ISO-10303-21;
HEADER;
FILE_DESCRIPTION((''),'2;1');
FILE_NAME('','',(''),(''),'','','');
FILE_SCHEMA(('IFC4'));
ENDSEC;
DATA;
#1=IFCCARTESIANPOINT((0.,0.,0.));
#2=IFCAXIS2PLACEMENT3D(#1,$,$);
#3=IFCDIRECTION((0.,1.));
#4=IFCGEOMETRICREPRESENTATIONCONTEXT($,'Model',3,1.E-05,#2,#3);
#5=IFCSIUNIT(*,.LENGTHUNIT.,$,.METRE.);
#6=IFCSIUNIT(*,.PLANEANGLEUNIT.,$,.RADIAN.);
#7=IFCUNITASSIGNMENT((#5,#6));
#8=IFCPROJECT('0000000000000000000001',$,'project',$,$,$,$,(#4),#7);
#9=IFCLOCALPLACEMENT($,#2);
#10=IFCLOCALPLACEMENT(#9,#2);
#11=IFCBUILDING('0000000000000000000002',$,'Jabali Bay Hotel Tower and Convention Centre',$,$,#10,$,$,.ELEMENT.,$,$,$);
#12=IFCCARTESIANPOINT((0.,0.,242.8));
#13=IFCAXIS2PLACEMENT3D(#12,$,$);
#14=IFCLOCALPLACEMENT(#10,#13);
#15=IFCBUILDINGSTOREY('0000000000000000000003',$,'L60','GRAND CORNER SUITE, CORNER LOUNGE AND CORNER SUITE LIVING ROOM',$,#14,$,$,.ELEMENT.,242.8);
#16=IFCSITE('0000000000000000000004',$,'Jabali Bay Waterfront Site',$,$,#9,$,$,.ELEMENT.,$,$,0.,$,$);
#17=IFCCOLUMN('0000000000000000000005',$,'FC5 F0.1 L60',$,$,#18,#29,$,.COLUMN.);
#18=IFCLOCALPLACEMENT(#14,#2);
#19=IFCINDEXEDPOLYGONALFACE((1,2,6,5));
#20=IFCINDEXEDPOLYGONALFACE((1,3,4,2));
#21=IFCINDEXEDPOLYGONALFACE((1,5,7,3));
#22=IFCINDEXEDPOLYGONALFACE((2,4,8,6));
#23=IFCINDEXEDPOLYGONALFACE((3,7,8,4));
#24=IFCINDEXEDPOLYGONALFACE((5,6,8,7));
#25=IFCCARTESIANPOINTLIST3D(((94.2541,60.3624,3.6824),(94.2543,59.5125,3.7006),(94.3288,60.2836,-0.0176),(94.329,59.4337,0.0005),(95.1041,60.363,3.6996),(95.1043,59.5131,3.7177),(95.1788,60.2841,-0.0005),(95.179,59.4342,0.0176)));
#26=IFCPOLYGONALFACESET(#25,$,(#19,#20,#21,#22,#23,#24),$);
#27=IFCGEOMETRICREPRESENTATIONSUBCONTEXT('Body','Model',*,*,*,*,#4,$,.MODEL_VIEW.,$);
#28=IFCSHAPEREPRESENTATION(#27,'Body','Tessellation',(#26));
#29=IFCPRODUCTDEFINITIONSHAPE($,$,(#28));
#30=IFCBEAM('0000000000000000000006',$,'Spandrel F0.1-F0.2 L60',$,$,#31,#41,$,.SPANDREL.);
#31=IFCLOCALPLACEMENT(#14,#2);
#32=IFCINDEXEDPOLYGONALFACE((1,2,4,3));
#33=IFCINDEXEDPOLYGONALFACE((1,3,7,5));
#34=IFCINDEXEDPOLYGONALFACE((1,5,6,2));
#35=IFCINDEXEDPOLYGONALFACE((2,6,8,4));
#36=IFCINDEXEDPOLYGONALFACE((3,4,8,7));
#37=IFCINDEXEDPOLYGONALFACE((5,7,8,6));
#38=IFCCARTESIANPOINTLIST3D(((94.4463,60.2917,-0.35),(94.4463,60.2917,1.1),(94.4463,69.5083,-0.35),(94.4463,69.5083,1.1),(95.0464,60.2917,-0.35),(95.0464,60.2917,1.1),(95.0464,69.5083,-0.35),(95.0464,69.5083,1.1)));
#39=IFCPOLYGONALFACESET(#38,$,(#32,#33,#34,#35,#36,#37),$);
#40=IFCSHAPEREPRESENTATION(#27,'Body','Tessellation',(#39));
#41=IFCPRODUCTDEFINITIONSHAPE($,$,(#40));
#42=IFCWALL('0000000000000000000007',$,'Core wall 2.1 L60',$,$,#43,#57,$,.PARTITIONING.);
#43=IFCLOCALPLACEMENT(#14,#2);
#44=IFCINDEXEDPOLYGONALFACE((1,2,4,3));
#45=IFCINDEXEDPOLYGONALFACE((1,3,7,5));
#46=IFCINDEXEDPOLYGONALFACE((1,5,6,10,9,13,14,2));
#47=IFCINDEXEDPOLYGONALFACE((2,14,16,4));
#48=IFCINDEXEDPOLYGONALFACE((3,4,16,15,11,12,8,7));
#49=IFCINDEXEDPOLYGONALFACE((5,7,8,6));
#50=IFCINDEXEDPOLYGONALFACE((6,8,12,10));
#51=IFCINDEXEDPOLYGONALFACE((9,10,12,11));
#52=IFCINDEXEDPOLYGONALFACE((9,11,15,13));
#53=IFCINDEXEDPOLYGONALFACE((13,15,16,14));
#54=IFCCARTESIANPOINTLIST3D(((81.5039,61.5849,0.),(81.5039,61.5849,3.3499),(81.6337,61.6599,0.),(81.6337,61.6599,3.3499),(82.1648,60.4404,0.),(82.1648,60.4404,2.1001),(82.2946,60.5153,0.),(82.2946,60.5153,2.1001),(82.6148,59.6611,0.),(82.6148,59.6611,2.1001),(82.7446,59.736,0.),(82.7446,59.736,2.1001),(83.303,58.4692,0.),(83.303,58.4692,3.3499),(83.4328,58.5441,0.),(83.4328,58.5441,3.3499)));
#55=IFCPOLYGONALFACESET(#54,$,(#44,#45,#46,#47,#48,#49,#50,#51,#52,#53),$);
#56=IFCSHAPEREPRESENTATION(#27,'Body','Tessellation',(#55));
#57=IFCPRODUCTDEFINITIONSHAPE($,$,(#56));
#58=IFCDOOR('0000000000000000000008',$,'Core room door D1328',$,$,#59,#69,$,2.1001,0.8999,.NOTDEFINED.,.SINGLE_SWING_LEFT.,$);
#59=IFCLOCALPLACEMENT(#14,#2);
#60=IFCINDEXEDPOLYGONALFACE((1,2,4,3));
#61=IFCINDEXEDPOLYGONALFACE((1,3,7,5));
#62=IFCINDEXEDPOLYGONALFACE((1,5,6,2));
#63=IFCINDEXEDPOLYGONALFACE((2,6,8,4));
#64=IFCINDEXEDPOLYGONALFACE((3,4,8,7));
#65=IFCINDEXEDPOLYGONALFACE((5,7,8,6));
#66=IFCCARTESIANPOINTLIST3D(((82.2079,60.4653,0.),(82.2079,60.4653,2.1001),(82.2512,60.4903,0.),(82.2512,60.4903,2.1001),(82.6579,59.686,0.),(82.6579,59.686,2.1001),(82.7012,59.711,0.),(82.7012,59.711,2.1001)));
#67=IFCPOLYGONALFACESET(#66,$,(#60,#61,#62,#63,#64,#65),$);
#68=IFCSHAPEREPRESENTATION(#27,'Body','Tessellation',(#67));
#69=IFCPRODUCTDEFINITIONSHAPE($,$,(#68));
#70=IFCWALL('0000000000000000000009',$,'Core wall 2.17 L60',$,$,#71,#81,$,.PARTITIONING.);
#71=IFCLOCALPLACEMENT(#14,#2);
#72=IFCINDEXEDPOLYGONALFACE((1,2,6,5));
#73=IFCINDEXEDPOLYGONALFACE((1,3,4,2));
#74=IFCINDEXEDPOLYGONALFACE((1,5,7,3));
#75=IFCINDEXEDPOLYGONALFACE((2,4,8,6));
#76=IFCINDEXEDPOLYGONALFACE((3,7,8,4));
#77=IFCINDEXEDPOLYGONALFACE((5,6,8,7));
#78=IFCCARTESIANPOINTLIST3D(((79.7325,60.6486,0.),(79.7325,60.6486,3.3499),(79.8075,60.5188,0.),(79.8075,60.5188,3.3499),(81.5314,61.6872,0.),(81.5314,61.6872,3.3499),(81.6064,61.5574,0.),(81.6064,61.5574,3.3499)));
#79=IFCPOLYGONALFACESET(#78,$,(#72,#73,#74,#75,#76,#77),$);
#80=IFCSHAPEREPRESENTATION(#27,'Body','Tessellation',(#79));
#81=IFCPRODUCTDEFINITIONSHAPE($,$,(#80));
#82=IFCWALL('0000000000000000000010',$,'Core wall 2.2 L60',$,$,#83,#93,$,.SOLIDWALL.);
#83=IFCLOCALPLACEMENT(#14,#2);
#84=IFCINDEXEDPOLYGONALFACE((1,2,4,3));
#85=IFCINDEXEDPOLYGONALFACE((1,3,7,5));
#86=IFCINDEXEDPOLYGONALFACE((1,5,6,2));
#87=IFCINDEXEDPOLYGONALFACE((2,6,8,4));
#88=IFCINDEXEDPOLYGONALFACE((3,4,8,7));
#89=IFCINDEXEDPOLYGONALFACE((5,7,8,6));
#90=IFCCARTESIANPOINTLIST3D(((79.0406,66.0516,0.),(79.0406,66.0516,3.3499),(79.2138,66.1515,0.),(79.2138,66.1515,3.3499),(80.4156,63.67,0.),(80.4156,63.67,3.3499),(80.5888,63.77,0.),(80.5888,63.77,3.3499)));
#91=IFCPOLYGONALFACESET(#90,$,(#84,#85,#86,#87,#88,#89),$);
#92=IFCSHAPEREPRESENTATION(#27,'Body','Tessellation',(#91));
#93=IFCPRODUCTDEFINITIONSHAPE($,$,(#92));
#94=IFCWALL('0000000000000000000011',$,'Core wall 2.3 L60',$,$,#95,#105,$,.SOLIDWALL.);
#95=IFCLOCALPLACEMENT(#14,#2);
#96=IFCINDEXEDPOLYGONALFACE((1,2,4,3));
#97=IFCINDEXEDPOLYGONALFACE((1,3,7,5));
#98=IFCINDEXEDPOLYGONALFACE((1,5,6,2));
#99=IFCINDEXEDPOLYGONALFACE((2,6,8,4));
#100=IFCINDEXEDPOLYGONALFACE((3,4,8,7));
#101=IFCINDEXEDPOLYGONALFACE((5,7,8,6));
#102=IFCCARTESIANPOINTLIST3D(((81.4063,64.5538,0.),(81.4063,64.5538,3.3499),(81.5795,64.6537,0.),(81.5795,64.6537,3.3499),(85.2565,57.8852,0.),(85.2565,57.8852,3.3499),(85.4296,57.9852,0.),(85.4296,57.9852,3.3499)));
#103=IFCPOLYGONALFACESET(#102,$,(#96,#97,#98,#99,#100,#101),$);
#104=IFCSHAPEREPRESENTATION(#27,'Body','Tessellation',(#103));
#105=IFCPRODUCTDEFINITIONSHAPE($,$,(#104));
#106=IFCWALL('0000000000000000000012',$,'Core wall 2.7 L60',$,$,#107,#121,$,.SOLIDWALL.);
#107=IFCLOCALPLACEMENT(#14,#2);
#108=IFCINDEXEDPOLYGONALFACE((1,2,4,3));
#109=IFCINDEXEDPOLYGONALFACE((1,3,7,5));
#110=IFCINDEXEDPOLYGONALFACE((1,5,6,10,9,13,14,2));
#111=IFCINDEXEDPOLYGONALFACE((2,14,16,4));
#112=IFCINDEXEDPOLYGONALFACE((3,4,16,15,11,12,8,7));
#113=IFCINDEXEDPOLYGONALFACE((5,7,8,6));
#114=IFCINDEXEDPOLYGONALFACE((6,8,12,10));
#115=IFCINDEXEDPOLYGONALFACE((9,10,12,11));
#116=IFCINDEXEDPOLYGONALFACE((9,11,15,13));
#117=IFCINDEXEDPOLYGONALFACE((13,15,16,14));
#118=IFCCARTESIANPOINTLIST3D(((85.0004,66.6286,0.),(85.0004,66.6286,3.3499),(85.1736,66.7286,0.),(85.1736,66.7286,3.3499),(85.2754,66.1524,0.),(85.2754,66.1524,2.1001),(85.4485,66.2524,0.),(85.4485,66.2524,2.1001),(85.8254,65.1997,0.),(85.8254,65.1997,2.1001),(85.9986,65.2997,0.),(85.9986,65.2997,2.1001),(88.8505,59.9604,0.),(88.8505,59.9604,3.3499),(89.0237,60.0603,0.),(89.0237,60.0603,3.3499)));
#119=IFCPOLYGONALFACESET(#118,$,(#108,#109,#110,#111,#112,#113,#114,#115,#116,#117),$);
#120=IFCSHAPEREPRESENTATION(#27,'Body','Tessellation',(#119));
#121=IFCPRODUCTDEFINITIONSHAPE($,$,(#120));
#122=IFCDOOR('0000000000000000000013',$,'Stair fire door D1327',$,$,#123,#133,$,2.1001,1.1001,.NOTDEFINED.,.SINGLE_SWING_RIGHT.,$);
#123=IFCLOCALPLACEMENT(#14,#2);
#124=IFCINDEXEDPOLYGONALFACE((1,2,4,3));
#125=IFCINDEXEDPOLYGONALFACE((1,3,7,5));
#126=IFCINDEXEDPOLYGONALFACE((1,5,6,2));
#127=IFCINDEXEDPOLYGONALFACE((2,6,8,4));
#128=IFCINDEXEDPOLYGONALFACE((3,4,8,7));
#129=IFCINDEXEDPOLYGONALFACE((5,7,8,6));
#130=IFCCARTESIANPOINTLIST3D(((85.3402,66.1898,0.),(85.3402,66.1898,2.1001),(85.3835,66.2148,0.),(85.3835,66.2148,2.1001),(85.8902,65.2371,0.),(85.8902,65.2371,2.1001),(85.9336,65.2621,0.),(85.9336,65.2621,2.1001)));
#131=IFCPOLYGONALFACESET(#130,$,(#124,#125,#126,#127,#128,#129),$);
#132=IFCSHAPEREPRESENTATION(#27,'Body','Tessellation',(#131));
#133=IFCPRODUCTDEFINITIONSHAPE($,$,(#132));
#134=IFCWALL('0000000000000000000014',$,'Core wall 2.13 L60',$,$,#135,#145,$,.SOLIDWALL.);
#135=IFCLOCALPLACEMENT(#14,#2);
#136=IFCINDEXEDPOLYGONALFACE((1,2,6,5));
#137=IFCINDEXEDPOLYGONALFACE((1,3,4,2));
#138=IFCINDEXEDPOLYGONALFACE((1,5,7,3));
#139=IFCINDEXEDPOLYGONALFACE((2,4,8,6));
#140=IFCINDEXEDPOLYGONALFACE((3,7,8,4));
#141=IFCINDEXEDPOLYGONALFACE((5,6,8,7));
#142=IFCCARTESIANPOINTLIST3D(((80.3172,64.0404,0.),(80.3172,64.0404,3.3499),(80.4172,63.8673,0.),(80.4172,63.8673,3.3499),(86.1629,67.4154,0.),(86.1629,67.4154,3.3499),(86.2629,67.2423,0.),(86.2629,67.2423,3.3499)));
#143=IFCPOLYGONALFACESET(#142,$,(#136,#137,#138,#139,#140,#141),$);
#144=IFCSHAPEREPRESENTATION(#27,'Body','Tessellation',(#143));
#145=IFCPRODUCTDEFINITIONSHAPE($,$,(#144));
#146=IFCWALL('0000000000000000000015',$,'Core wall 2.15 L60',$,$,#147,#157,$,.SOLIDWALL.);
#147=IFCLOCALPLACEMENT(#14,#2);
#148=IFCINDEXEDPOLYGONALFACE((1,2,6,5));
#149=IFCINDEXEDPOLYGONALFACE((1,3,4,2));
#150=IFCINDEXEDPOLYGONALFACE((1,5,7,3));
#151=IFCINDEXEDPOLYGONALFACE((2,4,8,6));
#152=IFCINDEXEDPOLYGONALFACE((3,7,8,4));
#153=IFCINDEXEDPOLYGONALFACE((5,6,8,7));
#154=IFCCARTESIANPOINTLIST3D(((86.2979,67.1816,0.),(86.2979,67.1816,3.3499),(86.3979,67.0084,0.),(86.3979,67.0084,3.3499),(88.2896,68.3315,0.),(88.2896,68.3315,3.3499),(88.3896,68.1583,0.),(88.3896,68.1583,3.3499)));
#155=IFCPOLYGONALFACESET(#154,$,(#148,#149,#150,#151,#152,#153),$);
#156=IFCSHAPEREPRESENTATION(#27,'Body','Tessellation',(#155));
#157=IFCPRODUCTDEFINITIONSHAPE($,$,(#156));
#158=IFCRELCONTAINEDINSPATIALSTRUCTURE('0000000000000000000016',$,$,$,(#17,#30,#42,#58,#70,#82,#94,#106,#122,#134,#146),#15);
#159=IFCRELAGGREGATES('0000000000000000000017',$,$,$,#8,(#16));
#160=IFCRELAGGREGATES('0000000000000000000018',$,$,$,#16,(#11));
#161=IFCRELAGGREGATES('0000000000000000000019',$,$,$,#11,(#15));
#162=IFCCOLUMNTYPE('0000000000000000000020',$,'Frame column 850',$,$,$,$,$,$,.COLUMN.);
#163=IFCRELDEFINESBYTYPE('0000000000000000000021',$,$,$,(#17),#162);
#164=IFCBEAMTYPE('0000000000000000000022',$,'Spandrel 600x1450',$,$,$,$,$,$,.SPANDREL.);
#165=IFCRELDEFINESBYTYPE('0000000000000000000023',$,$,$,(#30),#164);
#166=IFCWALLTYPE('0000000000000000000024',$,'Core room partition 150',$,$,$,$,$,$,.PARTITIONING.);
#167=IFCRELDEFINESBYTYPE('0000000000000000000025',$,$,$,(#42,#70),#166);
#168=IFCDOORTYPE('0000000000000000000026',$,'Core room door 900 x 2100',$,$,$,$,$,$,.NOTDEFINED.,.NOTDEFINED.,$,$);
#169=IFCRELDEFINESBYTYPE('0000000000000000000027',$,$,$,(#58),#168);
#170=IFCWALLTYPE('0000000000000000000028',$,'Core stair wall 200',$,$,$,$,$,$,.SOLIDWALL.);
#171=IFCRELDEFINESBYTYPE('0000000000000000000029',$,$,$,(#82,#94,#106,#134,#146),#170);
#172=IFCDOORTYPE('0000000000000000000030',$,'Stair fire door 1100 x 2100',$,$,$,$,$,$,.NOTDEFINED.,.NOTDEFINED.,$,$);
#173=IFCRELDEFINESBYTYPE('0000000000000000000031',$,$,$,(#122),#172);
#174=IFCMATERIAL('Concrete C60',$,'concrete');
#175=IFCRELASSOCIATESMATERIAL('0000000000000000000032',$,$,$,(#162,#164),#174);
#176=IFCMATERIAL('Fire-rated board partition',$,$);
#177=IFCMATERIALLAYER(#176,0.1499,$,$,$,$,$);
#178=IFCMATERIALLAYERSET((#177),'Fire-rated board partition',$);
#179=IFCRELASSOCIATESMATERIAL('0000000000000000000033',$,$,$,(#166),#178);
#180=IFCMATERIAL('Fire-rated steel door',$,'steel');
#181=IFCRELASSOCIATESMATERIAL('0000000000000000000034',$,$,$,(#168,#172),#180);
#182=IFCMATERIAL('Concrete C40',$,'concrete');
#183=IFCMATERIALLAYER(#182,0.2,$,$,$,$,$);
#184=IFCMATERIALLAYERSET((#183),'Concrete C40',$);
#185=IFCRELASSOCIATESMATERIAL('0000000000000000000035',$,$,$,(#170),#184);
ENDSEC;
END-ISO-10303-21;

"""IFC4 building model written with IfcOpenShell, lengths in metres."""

from ifc_helpers import new_model, si_unit, direction, frame, frame_2d, origin, origin_2d, place, context, subcontext, project, spatial, rectangle, extrude, material, layer, layer_set, material_profile, profile_set, type_object, element, fill, save


model = new_model("IFC4")

# Units and contexts
model_context = context("Model", 3, precision=1e-05, world=origin(), true_north=direction((0.0, 1.0)))
body_context = subcontext(model_context, "Body", "Model", "MODEL_VIEW")
ifc_project = project(units=[si_unit("LENGTHUNIT", "METRE"), si_unit("PLANEANGLEUNIT", "RADIAN")], contexts=[model_context])

# Site, building, storey
site_placement = place(None, origin())
site = spatial("IfcSite", under=ifc_project, at=site_placement, Name="Jabali Bay Waterfront Site", CompositionType="ELEMENT", RefElevation=0.0)
building_placement = place(site_placement, origin())
building = spatial("IfcBuilding", under=site, at=building_placement, Name="Jabali Bay Hotel Tower and Convention Centre", CompositionType="ELEMENT")
storey_placement = place(building_placement, frame((0.0, 0.0, 242.8)))
storey = spatial("IfcBuildingStorey", under=building, at=storey_placement, Name="L60", Description="GRAND CORNER SUITE, CORNER LOUNGE AND CORNER SUITE LIVING ROOM", CompositionType="ELEMENT", Elevation=242.8)

# Column
ifc_material_1 = material(Name="Concrete C60", Category="concrete")
ifc_material_profile_1 = material_profile(ifc_material_1, rectangle(XDim=0.8501, YDim=0.8501, at=origin_2d()), Name="Frame column 850")
ifc_profile_set_1 = profile_set([ifc_material_profile_1], Name="Concrete C60")
column_type = type_object("IfcColumnType", Name="Frame column 850", PredefinedType="COLUMN", material=ifc_profile_set_1)
column_placement = place(storey_placement, frame((94.7539, 59.8589, 0.0), z_axis=(-0.020183, 0.021304, 0.999569), x_axis=(0.000228, -0.999773, 0.021313)))
element("IfcColumn", 1, at=column_placement, inside=storey, type_object=column_type, Name="FC5 F0.1 L60", PredefinedType="COLUMN", context=body_context, shape_type="SweptSolid", body=[
    extrude(rectangle(XDim=0.8501, YDim=0.8501, at=origin_2d()), origin(), (0.0, 0.0, 1.0), 3.7017),
])

# Beam
ifc_material_profile_2 = material_profile(ifc_material_1, rectangle(XDim=0.6001, YDim=1.45, at=origin_2d()), Name="Spandrel 600x1450")
ifc_profile_set_2 = profile_set([ifc_material_profile_2], Name="Concrete C60")
beam_type = type_object("IfcBeamType", Name="Spandrel 600x1450", PredefinedType="SPANDREL", material=ifc_profile_set_2)
beam_placement = place(storey_placement, frame((94.7463, 60.2917, 0.375), z_axis=(0.0, 1.0, 0.0), x_axis=(-1.0, 0.0, 0.0)))
element("IfcBeam", 2, at=beam_placement, inside=storey, type_object=beam_type, Name="Spandrel F0.1-F0.2 L60", PredefinedType="SPANDREL", context=body_context, shape_type="SweptSolid", body=[
    extrude(rectangle(XDim=0.6001, YDim=1.45, at=origin_2d()), origin(), (0.0, 0.0, 1.0), 9.2166),
])

# Wall, opening, door
ifc_material_2 = material(Name="Fire-rated board partition")
ifc_layer_1 = layer(ifc_material_2, 0.1499)
ifc_layer_set_1 = layer_set([ifc_layer_1], Name="Fire-rated board partition")
wall_type_1 = type_object("IfcWallType", Name="Core room partition 150", PredefinedType="PARTITIONING", material=ifc_layer_set_1)
wall_1_placement = place(storey_placement, frame((81.5688, 61.6223, 0.0), z_axis=(0.0, 0.0, 1.0), x_axis=(0.500044, -0.866, 0.0)))
wall_1 = element("IfcWall", 3, at=wall_1_placement, inside=storey, type_object=wall_type_1, Name="Core wall 2.1 L60", PredefinedType="PARTITIONING", context=body_context, shape_type="SweptSolid", body=[
    extrude(rectangle(XDim=3.5979, YDim=0.1499, at=frame_2d((1.7988, 0.0))), origin(), (0.0, 0.0, 1.0), 3.3499),
])
opening_1_placement = place(wall_1_placement, frame((1.3215, 0.0, 0.0)))
opening_1 = element("IfcOpeningElement", 4, at=opening_1_placement, cuts=wall_1, PredefinedType="OPENING", context=body_context, shape_type="SweptSolid", body=[
    extrude(rectangle(XDim=0.8999, YDim=2.1001, at=frame_2d((0.45, 1.05))), frame((0.0, 0.0854, 0.0), z_axis=(0.0, -1.0, 0.0), x_axis=(1.0, 0.0, 0.0)), (0.0, 0.0, 1.0), 0.1709),
])
ifc_material_3 = material(Name="Fire-rated steel door", Category="steel")
door_type_1 = type_object("IfcDoorType", Name="Core room door 900 x 2100", OperationType="NOTDEFINED", PredefinedType="NOTDEFINED", material=ifc_material_3)
door_1_placement = place(opening_1_placement, origin())
door_1 = element("IfcDoor", 5, at=door_1_placement, inside=storey, type_object=door_type_1, Name="Core room door D1328", OperationType="SINGLE_SWING_LEFT", OverallHeight=2.1001, OverallWidth=0.8999, PredefinedType="NOTDEFINED", context=body_context, shape_type="SweptSolid", body=[
    extrude(rectangle(XDim=0.8999, YDim=2.1001, at=frame_2d((0.45, 1.05))), frame((0.0, 0.0249, 0.0), z_axis=(0.0, -1.0, 0.0), x_axis=(1.0, 0.0, 0.0)), (0.0, 0.0, 1.0), 0.05),
])
fill(opening_1, door_1)

# Walls
wall_2_placement = place(storey_placement, frame((79.77, 60.5837, 0.0), z_axis=(0.0, 0.0, 1.0), x_axis=(0.866021, 0.500007, 0.0)))
element("IfcWall", 6, at=wall_2_placement, inside=storey, type_object=wall_type_1, Name="Core wall 2.17 L60", PredefinedType="PARTITIONING", context=body_context, shape_type="SweptSolid", body=[
    extrude(rectangle(XDim=2.0771, YDim=0.1499, at=frame_2d((1.0386, 0.0))), origin(), (0.0, 0.0, 1.0), 3.3499),
])
ifc_material_4 = material(Name="Concrete C40", Category="concrete")
ifc_layer_2 = layer(ifc_material_4, 0.2)
ifc_layer_set_2 = layer_set([ifc_layer_2], Name="Concrete C40")
wall_type_2 = type_object("IfcWallType", Name="Core stair wall 200", PredefinedType="SOLIDWALL", material=ifc_layer_set_2)
wall_3_placement = place(storey_placement, frame((79.1272, 66.1016, 0.0), z_axis=(0.0, 0.0, 1.0), x_axis=(0.499997, -0.866027, 0.0)))
element("IfcWall", 7, at=wall_3_placement, inside=storey, type_object=wall_type_2, Name="Core wall 2.2 L60", PredefinedType="SOLIDWALL", context=body_context, shape_type="SweptSolid", body=[
    extrude(rectangle(XDim=2.75, YDim=0.2, at=frame_2d((1.375, 0.0))), origin(), (0.0, 0.0, 1.0), 3.3499),
])
wall_4_placement = place(storey_placement, frame((81.4929, 64.6038, 0.0), z_axis=(0.0, 0.0, 1.0), x_axis=(0.500006, -0.866022, 0.0)))
element("IfcWall", 8, at=wall_4_placement, inside=storey, type_object=wall_type_2, Name="Core wall 2.3 L60", PredefinedType="SOLIDWALL", context=body_context, shape_type="SweptSolid", body=[
    extrude(rectangle(XDim=7.7002, YDim=0.2, at=frame_2d((3.8501, 0.0))), origin(), (0.0, 0.0, 1.0), 3.3499),
])

# Wall, opening, door
wall_5_placement = place(storey_placement, frame((85.0869, 66.6787, 0.0), z_axis=(0.0, 0.0, 1.0), x_axis=(0.50002, -0.866014, 0.0)))
wall_5 = element("IfcWall", 9, at=wall_5_placement, inside=storey, type_object=wall_type_2, Name="Core wall 2.7 L60", PredefinedType="SOLIDWALL", context=body_context, shape_type="SweptSolid", body=[
    extrude(rectangle(XDim=7.7, YDim=0.2, at=frame_2d((3.8501, 0.0))), origin(), (0.0, 0.0, 1.0), 3.3499),
])
opening_2_placement = place(wall_5_placement, frame((0.55, 0.0, 0.0)))
opening_2 = element("IfcOpeningElement", 10, at=opening_2_placement, cuts=wall_5, PredefinedType="OPENING", context=body_context, shape_type="SweptSolid", body=[
    extrude(rectangle(XDim=1.1001, YDim=2.1001, at=frame_2d((0.55, 1.05))), frame((0.0, 0.1104, 0.0), z_axis=(0.0, -1.0, 0.0), x_axis=(1.0, 0.0, 0.0)), (0.0, 0.0, 1.0), 0.2209),
])
door_type_2 = type_object("IfcDoorType", Name="Stair fire door 1100 x 2100", OperationType="NOTDEFINED", PredefinedType="NOTDEFINED", material=ifc_material_3)
door_2_placement = place(opening_2_placement, origin())
door_2 = element("IfcDoor", 11, at=door_2_placement, inside=storey, type_object=door_type_2, Name="Stair fire door D1327", OperationType="SINGLE_SWING_RIGHT", OverallHeight=2.1001, OverallWidth=1.1001, PredefinedType="NOTDEFINED", context=body_context, shape_type="SweptSolid", body=[
    extrude(rectangle(XDim=1.1001, YDim=2.1001, at=frame_2d((0.55, 1.05))), frame((0.0, 0.0249, 0.0), z_axis=(0.0, -1.0, 0.0), x_axis=(1.0, 0.0, 0.0)), (0.0, 0.0, 1.0), 0.05),
])
fill(opening_2, door_2)

# Walls
wall_6_placement = place(storey_placement, frame((80.3672, 63.9539, 0.0), z_axis=(0.0, 0.0, 1.0), x_axis=(0.866027, 0.499998, 0.0)))
element("IfcWall", 12, at=wall_6_placement, inside=storey, type_object=wall_type_2, Name="Core wall 2.13 L60", PredefinedType="SOLIDWALL", context=body_context, shape_type="SweptSolid", body=[
    extrude(rectangle(XDim=6.75, YDim=0.2, at=frame_2d((3.375, 0.0))), origin(), (0.0, 0.0, 1.0), 3.3499),
])
wall_7_placement = place(storey_placement, frame((86.3479, 67.095, 0.0), z_axis=(0.0, 0.0, 1.0), x_axis=(0.866026, 0.499998, 0.0)))
element("IfcWall", 13, at=wall_7_placement, inside=storey, type_object=wall_type_2, Name="Core wall 2.15 L60", PredefinedType="SOLIDWALL", context=body_context, shape_type="SweptSolid", body=[
    extrude(rectangle(XDim=2.2998, YDim=0.2, at=frame_2d((1.1499, 0.0))), origin(), (0.0, 0.0, 1.0), 3.3499),
])

save(model, "model.ifc")
